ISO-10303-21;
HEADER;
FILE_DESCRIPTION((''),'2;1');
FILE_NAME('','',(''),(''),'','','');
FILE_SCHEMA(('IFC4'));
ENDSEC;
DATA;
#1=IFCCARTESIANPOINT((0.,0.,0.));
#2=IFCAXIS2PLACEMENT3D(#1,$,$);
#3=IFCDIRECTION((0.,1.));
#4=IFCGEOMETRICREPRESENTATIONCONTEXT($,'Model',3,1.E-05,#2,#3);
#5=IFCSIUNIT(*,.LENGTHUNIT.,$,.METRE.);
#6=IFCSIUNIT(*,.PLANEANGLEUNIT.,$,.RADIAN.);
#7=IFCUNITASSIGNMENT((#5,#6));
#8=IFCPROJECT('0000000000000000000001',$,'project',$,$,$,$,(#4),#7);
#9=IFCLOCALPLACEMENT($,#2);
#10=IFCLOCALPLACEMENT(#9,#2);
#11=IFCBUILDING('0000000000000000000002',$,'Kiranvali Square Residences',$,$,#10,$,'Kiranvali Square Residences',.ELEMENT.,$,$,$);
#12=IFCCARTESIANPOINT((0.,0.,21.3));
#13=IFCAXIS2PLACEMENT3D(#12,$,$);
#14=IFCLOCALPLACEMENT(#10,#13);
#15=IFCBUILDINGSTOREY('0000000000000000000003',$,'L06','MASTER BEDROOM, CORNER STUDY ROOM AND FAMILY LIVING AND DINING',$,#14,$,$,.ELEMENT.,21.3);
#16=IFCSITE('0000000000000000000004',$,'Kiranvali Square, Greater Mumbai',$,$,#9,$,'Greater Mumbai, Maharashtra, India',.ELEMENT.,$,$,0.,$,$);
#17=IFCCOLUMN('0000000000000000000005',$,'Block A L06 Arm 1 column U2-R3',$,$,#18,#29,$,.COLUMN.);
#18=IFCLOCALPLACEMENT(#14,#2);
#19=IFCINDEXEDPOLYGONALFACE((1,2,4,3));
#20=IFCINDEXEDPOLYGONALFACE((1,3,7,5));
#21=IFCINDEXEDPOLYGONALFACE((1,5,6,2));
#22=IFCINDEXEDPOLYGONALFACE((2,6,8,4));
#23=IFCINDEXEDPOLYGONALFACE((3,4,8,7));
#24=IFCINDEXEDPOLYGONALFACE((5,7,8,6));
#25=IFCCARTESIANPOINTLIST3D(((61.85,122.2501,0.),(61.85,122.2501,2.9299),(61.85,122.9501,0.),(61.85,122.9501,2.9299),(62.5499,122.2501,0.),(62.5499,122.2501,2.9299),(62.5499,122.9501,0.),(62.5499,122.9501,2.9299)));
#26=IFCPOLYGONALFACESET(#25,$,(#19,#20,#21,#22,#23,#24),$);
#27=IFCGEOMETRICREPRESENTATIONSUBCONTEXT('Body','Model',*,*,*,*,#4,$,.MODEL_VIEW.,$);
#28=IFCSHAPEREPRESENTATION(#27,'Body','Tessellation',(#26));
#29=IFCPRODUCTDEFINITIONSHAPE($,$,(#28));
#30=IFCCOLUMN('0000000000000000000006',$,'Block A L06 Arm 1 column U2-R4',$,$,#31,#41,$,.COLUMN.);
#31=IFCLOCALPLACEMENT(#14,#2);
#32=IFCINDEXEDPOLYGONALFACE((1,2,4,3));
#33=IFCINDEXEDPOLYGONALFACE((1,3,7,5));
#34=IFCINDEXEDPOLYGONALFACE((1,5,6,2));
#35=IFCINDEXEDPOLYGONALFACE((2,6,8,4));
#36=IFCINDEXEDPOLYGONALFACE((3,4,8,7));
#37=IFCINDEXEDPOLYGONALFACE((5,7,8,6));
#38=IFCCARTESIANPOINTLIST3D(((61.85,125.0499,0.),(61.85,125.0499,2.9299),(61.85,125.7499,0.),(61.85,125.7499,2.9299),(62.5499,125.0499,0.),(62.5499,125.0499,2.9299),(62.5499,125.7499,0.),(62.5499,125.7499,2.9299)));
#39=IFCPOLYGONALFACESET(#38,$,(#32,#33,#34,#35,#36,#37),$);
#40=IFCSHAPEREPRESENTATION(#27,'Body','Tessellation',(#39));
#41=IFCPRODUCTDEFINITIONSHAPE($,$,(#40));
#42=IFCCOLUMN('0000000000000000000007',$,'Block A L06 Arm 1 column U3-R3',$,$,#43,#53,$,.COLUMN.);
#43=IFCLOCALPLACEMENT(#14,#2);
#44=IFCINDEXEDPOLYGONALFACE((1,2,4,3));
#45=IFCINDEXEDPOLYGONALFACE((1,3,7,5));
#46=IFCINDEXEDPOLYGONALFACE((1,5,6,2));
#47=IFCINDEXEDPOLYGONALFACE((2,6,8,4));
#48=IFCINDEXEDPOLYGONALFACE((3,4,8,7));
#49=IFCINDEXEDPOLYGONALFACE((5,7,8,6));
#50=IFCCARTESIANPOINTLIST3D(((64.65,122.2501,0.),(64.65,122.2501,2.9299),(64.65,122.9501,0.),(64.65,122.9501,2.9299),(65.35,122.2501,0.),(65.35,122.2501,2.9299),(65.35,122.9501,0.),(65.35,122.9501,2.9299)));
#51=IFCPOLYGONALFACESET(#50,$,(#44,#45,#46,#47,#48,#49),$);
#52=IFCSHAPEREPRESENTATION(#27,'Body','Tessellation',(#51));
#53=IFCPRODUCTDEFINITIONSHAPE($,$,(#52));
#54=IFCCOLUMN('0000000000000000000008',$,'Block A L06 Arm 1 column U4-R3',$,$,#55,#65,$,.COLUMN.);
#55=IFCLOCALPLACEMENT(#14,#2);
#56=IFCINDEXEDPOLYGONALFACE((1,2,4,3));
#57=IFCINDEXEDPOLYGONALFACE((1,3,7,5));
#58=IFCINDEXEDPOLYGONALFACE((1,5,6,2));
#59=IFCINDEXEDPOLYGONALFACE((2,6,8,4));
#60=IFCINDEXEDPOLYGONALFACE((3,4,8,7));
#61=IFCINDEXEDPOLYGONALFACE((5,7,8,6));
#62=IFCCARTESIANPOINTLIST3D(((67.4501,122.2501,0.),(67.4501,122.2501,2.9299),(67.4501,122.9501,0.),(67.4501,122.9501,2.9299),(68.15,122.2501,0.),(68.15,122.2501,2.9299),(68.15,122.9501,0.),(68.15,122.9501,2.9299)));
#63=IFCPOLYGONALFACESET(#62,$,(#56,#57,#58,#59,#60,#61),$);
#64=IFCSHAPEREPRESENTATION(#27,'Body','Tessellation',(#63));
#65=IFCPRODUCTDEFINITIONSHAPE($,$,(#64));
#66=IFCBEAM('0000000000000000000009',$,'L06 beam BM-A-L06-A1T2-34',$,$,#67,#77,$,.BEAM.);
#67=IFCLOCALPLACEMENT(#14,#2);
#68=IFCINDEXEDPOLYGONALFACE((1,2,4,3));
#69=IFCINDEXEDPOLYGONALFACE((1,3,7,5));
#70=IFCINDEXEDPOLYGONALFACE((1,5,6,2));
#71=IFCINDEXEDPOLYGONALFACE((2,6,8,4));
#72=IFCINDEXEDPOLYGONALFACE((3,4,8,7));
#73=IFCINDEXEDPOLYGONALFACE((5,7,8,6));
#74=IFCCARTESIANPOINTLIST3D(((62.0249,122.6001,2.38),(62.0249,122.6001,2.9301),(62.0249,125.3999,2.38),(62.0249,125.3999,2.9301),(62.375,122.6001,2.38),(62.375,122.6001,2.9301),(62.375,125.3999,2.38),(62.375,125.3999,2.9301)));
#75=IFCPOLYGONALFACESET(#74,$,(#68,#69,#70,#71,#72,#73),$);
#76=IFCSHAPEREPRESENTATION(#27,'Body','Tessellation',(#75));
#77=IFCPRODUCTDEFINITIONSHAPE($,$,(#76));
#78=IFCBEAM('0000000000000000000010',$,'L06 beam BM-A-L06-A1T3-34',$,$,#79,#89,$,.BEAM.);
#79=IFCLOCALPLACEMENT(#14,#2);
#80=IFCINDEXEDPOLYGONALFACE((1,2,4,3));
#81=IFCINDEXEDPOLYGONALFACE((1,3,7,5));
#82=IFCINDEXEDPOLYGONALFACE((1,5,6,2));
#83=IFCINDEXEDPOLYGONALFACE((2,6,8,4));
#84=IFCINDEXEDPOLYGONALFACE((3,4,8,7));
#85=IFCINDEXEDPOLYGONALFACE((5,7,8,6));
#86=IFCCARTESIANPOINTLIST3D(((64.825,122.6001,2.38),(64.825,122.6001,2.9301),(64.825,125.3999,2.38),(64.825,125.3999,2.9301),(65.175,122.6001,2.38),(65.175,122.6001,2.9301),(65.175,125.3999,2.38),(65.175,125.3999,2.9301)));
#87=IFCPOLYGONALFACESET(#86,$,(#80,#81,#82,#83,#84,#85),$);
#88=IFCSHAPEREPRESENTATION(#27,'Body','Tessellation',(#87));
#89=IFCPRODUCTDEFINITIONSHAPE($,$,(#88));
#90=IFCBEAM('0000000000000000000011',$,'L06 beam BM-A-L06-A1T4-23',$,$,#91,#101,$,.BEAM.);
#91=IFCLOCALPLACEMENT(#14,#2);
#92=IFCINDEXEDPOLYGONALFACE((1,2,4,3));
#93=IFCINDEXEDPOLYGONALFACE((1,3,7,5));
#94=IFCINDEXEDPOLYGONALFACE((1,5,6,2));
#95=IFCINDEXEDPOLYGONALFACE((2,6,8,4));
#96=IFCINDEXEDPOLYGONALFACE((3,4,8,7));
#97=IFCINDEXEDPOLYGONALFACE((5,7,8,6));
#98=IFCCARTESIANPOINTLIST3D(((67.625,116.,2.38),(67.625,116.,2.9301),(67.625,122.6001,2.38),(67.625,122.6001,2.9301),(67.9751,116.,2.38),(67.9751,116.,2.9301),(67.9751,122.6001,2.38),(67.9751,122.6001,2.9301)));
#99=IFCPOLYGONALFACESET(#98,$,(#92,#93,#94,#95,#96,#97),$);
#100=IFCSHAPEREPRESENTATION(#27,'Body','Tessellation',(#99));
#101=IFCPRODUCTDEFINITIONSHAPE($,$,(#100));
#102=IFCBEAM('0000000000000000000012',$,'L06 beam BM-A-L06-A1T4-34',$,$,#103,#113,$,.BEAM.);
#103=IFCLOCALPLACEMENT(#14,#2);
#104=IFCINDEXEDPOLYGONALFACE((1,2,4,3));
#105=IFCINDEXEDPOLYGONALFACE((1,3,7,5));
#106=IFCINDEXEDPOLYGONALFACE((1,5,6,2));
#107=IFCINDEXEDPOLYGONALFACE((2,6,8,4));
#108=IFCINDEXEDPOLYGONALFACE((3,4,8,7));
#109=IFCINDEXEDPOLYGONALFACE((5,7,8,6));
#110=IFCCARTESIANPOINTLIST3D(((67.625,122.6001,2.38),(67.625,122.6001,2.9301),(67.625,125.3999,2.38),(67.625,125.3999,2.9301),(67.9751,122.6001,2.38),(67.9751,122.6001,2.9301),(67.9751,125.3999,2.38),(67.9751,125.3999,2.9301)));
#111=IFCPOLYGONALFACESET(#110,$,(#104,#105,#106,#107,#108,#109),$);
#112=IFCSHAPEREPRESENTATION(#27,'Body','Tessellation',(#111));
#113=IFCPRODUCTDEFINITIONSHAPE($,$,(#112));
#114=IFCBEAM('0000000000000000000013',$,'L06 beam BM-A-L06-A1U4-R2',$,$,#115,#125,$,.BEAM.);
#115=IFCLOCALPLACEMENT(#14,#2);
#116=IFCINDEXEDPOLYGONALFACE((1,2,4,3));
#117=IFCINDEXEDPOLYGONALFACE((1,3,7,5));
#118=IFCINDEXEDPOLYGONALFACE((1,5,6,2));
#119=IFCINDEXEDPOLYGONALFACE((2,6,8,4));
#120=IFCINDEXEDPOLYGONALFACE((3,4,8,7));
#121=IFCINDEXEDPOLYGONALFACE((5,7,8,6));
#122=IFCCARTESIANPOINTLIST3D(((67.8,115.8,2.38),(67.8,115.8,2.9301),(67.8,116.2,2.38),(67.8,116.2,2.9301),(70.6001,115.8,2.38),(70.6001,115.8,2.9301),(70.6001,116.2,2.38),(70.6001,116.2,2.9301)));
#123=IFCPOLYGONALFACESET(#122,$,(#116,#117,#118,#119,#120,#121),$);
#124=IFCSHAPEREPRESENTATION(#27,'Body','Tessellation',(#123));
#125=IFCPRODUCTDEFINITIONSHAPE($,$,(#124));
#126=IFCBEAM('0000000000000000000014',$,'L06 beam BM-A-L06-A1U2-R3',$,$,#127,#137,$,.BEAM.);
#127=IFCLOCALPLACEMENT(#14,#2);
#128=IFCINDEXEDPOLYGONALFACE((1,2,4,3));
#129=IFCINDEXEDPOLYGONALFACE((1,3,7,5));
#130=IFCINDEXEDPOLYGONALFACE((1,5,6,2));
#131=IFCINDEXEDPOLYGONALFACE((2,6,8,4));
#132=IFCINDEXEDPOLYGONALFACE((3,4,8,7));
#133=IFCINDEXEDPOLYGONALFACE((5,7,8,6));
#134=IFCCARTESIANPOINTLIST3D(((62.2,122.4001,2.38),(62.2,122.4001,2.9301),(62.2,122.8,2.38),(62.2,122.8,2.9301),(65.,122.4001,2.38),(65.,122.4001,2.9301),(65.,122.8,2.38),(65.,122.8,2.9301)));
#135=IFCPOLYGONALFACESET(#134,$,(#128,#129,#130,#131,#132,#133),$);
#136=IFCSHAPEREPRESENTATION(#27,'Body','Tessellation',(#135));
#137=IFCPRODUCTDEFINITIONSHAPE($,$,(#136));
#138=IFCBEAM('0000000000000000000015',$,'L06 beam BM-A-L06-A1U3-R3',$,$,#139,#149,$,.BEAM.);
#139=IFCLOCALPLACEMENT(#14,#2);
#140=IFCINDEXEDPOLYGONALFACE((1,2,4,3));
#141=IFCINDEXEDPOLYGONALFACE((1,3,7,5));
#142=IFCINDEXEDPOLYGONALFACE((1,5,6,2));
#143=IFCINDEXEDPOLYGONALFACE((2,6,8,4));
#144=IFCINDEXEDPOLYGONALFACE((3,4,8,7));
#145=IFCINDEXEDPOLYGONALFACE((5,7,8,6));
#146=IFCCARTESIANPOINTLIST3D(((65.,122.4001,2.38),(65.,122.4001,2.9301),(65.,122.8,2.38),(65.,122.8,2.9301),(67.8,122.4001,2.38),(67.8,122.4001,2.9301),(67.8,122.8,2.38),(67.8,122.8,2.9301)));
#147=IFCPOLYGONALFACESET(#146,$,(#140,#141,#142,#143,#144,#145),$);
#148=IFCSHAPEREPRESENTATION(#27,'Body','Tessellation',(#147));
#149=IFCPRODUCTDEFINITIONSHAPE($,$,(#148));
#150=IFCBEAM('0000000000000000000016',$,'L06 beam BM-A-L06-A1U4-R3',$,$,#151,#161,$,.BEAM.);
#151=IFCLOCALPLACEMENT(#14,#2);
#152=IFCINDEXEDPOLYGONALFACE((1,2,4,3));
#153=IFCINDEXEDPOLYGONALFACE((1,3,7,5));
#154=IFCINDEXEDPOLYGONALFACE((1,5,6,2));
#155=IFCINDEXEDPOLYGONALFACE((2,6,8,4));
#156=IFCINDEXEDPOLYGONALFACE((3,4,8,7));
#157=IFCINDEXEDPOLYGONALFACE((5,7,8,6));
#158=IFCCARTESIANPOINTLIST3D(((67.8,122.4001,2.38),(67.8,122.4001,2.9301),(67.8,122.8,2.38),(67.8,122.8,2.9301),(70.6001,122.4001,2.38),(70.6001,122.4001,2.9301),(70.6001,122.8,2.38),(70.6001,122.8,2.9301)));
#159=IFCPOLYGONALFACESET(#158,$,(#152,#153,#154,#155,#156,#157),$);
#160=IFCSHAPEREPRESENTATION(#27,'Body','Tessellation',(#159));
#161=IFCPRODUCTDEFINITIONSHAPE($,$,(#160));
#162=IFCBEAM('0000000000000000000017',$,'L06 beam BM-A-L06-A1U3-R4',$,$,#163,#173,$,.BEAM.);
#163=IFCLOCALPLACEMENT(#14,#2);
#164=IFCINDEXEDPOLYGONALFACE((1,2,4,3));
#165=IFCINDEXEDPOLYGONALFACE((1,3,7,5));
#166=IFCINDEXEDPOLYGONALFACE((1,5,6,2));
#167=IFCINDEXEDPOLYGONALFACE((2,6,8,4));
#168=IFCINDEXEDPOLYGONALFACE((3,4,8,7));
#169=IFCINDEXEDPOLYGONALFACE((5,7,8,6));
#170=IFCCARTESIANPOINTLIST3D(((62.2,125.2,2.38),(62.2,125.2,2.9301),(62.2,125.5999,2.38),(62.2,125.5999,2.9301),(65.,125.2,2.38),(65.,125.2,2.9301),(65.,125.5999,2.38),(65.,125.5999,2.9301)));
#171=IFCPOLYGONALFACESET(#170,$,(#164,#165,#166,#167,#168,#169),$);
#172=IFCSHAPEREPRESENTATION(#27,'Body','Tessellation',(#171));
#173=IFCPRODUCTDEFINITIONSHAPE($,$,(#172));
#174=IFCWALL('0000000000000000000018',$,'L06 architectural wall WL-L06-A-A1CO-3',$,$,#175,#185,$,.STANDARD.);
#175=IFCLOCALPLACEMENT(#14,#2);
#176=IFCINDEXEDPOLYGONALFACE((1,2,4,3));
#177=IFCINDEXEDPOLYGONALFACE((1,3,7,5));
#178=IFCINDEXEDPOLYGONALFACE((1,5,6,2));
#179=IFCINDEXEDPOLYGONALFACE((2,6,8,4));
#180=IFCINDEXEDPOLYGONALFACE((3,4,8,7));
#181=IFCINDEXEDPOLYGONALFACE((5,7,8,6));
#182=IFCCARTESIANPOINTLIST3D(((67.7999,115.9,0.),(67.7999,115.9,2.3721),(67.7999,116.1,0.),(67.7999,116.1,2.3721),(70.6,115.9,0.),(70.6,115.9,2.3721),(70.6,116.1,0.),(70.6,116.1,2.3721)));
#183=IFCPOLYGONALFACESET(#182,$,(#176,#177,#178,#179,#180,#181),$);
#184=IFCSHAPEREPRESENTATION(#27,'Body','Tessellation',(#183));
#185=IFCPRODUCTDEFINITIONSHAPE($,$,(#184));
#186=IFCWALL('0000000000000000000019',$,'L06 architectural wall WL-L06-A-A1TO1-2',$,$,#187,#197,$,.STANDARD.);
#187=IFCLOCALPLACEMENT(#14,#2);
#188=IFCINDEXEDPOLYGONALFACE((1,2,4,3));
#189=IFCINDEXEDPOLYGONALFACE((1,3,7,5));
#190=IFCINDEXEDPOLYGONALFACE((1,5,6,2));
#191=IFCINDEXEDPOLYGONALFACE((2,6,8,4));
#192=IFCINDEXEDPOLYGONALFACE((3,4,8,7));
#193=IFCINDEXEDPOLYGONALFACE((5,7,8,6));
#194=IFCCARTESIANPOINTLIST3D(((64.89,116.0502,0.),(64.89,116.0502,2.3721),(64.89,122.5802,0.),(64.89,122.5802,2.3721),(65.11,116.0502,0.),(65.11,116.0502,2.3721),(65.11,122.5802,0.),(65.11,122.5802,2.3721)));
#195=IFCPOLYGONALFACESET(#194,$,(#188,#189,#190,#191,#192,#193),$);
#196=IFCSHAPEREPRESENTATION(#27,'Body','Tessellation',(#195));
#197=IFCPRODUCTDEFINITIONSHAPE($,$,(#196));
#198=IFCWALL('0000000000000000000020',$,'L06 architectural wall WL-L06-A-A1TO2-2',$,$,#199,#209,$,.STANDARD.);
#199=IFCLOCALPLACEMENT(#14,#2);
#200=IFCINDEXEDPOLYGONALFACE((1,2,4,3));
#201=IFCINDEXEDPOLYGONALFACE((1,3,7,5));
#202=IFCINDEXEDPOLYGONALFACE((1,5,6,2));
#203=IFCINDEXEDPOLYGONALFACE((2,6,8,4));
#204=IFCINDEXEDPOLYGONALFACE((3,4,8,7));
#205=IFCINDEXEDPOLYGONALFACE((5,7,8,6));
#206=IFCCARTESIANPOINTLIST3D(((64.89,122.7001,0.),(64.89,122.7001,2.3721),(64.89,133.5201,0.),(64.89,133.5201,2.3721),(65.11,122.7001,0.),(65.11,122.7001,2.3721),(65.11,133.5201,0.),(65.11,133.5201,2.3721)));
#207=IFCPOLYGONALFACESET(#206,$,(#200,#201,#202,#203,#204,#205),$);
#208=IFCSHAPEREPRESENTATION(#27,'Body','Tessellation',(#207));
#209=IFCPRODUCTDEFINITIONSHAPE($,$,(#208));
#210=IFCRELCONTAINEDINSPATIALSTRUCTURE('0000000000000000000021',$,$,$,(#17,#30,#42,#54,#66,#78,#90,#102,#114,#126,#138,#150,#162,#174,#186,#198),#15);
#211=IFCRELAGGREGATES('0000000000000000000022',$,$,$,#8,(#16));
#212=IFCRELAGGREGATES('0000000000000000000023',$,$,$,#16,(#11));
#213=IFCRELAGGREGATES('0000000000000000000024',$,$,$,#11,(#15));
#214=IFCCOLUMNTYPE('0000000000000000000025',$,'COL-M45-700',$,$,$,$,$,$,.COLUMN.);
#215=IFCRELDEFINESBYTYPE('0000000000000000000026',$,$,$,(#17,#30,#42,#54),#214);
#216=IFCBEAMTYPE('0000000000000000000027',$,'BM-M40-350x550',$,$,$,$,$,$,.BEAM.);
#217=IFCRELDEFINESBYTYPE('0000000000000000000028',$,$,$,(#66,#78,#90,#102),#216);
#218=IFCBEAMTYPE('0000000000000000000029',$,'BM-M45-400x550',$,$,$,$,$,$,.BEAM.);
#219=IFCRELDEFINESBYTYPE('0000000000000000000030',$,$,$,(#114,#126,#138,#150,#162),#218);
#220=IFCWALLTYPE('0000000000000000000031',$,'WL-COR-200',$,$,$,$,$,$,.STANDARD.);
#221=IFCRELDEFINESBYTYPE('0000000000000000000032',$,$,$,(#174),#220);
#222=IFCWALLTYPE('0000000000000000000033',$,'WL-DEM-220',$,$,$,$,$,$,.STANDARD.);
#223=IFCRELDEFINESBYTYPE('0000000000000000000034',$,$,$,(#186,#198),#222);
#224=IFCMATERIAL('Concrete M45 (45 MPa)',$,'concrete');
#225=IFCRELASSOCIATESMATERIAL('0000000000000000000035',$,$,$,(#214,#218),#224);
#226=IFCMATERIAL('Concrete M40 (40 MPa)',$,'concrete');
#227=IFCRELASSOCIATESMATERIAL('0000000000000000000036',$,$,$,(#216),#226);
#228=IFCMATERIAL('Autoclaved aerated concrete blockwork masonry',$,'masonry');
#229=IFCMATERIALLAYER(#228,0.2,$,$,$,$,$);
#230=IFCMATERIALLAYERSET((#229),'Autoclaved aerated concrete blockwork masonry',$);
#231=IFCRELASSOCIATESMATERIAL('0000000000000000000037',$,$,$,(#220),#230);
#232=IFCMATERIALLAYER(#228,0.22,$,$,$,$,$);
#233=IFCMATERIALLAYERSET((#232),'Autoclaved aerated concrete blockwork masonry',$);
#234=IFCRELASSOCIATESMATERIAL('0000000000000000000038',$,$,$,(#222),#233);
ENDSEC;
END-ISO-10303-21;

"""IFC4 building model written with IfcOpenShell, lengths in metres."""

from ifc_helpers import new_model, si_unit, direction, frame, frame_2d, origin, origin_2d, place, context, subcontext, project, spatial, rectangle, extrude, material, layer, layer_set, material_profile, profile_set, type_object, element, save


model = new_model("IFC4")

# Units and contexts
model_context = context("Model", 3, precision=1e-05, world=origin(), true_north=direction((0.0, 1.0)))
body_context = subcontext(model_context, "Body", "Model", "MODEL_VIEW")
ifc_project = project(units=[si_unit("LENGTHUNIT", "METRE"), si_unit("PLANEANGLEUNIT", "RADIAN")], contexts=[model_context])

# Site, building, storey
site_placement = place(None, origin())
site = spatial("IfcSite", under=ifc_project, at=site_placement, Name="Kiranvali Square, Greater Mumbai", LongName="Greater Mumbai, Maharashtra, India", CompositionType="ELEMENT", RefElevation=0.0)
building_placement = place(site_placement, origin())
building = spatial("IfcBuilding", under=site, at=building_placement, Name="Kiranvali Square Residences", LongName="Kiranvali Square Residences", CompositionType="ELEMENT")
storey_placement = place(building_placement, frame((0.0, 0.0, 21.3)))
storey = spatial("IfcBuildingStorey", under=building, at=storey_placement, Name="L06", Description="MASTER BEDROOM, CORNER STUDY ROOM AND FAMILY LIVING AND DINING", CompositionType="ELEMENT", Elevation=21.3)

# Columns
ifc_material_1 = material(Name="Concrete M45 (45 MPa)", Category="concrete")
ifc_material_profile_1 = material_profile(ifc_material_1, rectangle(XDim=0.7, YDim=0.7, at=origin_2d()), Name="RC 700x700")
ifc_profile_set_1 = profile_set([ifc_material_profile_1], Name="Concrete M45 (45 MPa)")
column_type = type_object("IfcColumnType", Name="COL-M45-700", PredefinedType="COLUMN", material=ifc_profile_set_1)
for number, where, z_axis, x_axis, name in (
    (1, (62.2, 122.6001, 0.0), (0.0, 0.0, 1.0), (1.0, 0.0, 0.0), "Block A L06 Arm 1 column U2-R3"),
    (2, (62.2, 125.3999, 0.0), (0.0, 0.0, 1.0), (1.0, 0.0, 0.0), "Block A L06 Arm 1 column U2-R4"),
    (3, (65.0, 122.6001, 0.0), (0.0, 0.0, 1.0), (1.0, 0.0, 0.0), "Block A L06 Arm 1 column U3-R3"),
    (4, (67.8, 122.6001, 0.0), (0.0, 0.0, 1.0), (1.0, 0.0, 0.0), "Block A L06 Arm 1 column U4-R3"),
):
    element("IfcColumn", number, at=place(storey_placement, frame(where, z_axis=z_axis, x_axis=x_axis)), inside=storey, type_object=column_type, Name=name, PredefinedType="COLUMN", context=body_context, shape_type="SweptSolid", body=[
        extrude(rectangle(XDim=0.7, YDim=0.7, at=origin_2d()), origin(), (0.0, 0.0, 1.0), 2.9299),
    ])

# Beams
ifc_material_2 = material(Name="Concrete M40 (40 MPa)", Category="concrete")
ifc_material_profile_2 = material_profile(ifc_material_2, rectangle(XDim=0.3501, YDim=0.55, at=origin_2d()), Name="RC 350x550")
ifc_profile_set_2 = profile_set([ifc_material_profile_2], Name="Concrete M40 (40 MPa)")
beam_type_1 = type_object("IfcBeamType", Name="BM-M40-350x550", PredefinedType="BEAM", material=ifc_profile_set_2)
for number, where, z_axis, x_axis, name in (
    (5, (62.2, 122.6001, 2.655), (0.0, 1.0, 0.0), (-1.0, 0.0, 0.0), "L06 beam BM-A-L06-A1T2-34"),
    (6, (65.0, 122.6001, 2.655), (0.0, 1.0, 0.0), (-1.0, 0.0, 0.0), "L06 beam BM-A-L06-A1T3-34"),
):
    element("IfcBeam", number, at=place(storey_placement, frame(where, z_axis=z_axis, x_axis=x_axis)), inside=storey, type_object=beam_type_1, Name=name, PredefinedType="BEAM", context=body_context, shape_type="SweptSolid", body=[
        extrude(rectangle(XDim=0.3501, YDim=0.55, at=origin_2d()), origin(), (0.0, 0.0, 1.0), 2.7998),
    ])
beam_1_placement = place(storey_placement, frame((67.8, 116.0, 2.655), z_axis=(0.0, 1.0, 0.0), x_axis=(-1.0, 0.0, 0.0)))
element("IfcBeam", 7, at=beam_1_placement, inside=storey, type_object=beam_type_1, Name="L06 beam BM-A-L06-A1T4-23", PredefinedType="BEAM", context=body_context, shape_type="SweptSolid", body=[
    extrude(rectangle(XDim=0.3501, YDim=0.55, at=origin_2d()), origin(), (0.0, 0.0, 1.0), 6.6001),
])
beam_2_placement = place(storey_placement, frame((67.8, 122.6001, 2.655), z_axis=(0.0, 1.0, 0.0), x_axis=(-1.0, 0.0, 0.0)))
element("IfcBeam", 8, at=beam_2_placement, inside=storey, type_object=beam_type_1, Name="L06 beam BM-A-L06-A1T4-34", PredefinedType="BEAM", context=body_context, shape_type="SweptSolid", body=[
    extrude(rectangle(XDim=0.3501, YDim=0.55, at=origin_2d()), origin(), (0.0, 0.0, 1.0), 2.7998),
])
ifc_material_profile_3 = material_profile(ifc_material_1, rectangle(XDim=0.3999, YDim=0.55, at=origin_2d()), Name="RC 400x550")
ifc_profile_set_3 = profile_set([ifc_material_profile_3], Name="Concrete M45 (45 MPa)")
beam_type_2 = type_object("IfcBeamType", Name="BM-M45-400x550", PredefinedType="BEAM", material=ifc_profile_set_3)
for number, where, z_axis, x_axis, name in (
    (9, (67.8, 116.0, 2.655), (1.0, 0.0, 0.0), (0.0, 1.0, 0.0), "L06 beam BM-A-L06-A1U4-R2"),
    (10, (62.2, 122.6001, 2.655), (1.0, 0.0, 0.0), (0.0, 1.0, 0.0), "L06 beam BM-A-L06-A1U2-R3"),
    (11, (65.0, 122.6001, 2.655), (1.0, 0.0, 0.0), (0.0, 1.0, 0.0), "L06 beam BM-A-L06-A1U3-R3"),
    (12, (67.8, 122.6001, 2.655), (1.0, 0.0, 0.0), (0.0, 1.0, 0.0), "L06 beam BM-A-L06-A1U4-R3"),
    (13, (62.2, 125.3999, 2.655), (1.0, 0.0, 0.0), (0.0, 1.0, 0.0), "L06 beam BM-A-L06-A1U3-R4"),
):
    element("IfcBeam", number, at=place(storey_placement, frame(where, z_axis=z_axis, x_axis=x_axis)), inside=storey, type_object=beam_type_2, Name=name, PredefinedType="BEAM", context=body_context, shape_type="SweptSolid", body=[
        extrude(rectangle(XDim=0.3999, YDim=0.55, at=origin_2d()), origin(), (0.0, 0.0, 1.0), 2.8),
    ])

# Walls
ifc_material_3 = material(Name="Autoclaved aerated concrete blockwork masonry", Category="masonry")
ifc_layer_1 = layer(ifc_material_3, 0.2)
ifc_layer_set_1 = layer_set([ifc_layer_1], Name="Autoclaved aerated concrete blockwork masonry")
wall_type_1 = type_object("IfcWallType", Name="WL-COR-200", PredefinedType="STANDARD", material=ifc_layer_set_1)
wall_1_placement = place(storey_placement, frame((67.8, 116.0, 0.0), z_axis=(0.0, 0.0, 1.0), x_axis=(1.0, 0.0, 0.0)))
element("IfcWall", 14, at=wall_1_placement, inside=storey, type_object=wall_type_1, Name="L06 architectural wall WL-L06-A-A1CO-3", PredefinedType="STANDARD", context=body_context, shape_type="SweptSolid", body=[
    extrude(rectangle(XDim=2.8, YDim=0.2, at=frame_2d((1.3999, 0.0))), origin(), (0.0, 0.0, 1.0), 2.3721),
])
ifc_layer_2 = layer(ifc_material_3, 0.22)
ifc_layer_set_2 = layer_set([ifc_layer_2], Name="Autoclaved aerated concrete blockwork masonry")
wall_type_2 = type_object("IfcWallType", Name="WL-DEM-220", PredefinedType="STANDARD", material=ifc_layer_set_2)
wall_2_placement = place(storey_placement, frame((65.0, 116.05, 0.0), z_axis=(0.0, 0.0, 1.0), x_axis=(0.0, 1.0, 0.0)))
element("IfcWall", 15, at=wall_2_placement, inside=storey, type_object=wall_type_2, Name="L06 architectural wall WL-L06-A-A1TO1-2", PredefinedType="STANDARD", context=body_context, shape_type="SweptSolid", body=[
    extrude(rectangle(XDim=6.53, YDim=0.22, at=frame_2d((3.2651, 0.0))), origin(), (0.0, 0.0, 1.0), 2.3721),
])
wall_3_placement = place(storey_placement, frame((65.0, 122.7, 0.0), z_axis=(0.0, 0.0, 1.0), x_axis=(0.0, 1.0, 0.0)))
element("IfcWall", 16, at=wall_3_placement, inside=storey, type_object=wall_type_2, Name="L06 architectural wall WL-L06-A-A1TO2-2", PredefinedType="STANDARD", context=body_context, shape_type="SweptSolid", body=[
    extrude(rectangle(XDim=10.8201, YDim=0.22, at=frame_2d((5.4102, 0.0))), origin(), (0.0, 0.0, 1.0), 2.3721),
])

save(model, "model.ifc")
